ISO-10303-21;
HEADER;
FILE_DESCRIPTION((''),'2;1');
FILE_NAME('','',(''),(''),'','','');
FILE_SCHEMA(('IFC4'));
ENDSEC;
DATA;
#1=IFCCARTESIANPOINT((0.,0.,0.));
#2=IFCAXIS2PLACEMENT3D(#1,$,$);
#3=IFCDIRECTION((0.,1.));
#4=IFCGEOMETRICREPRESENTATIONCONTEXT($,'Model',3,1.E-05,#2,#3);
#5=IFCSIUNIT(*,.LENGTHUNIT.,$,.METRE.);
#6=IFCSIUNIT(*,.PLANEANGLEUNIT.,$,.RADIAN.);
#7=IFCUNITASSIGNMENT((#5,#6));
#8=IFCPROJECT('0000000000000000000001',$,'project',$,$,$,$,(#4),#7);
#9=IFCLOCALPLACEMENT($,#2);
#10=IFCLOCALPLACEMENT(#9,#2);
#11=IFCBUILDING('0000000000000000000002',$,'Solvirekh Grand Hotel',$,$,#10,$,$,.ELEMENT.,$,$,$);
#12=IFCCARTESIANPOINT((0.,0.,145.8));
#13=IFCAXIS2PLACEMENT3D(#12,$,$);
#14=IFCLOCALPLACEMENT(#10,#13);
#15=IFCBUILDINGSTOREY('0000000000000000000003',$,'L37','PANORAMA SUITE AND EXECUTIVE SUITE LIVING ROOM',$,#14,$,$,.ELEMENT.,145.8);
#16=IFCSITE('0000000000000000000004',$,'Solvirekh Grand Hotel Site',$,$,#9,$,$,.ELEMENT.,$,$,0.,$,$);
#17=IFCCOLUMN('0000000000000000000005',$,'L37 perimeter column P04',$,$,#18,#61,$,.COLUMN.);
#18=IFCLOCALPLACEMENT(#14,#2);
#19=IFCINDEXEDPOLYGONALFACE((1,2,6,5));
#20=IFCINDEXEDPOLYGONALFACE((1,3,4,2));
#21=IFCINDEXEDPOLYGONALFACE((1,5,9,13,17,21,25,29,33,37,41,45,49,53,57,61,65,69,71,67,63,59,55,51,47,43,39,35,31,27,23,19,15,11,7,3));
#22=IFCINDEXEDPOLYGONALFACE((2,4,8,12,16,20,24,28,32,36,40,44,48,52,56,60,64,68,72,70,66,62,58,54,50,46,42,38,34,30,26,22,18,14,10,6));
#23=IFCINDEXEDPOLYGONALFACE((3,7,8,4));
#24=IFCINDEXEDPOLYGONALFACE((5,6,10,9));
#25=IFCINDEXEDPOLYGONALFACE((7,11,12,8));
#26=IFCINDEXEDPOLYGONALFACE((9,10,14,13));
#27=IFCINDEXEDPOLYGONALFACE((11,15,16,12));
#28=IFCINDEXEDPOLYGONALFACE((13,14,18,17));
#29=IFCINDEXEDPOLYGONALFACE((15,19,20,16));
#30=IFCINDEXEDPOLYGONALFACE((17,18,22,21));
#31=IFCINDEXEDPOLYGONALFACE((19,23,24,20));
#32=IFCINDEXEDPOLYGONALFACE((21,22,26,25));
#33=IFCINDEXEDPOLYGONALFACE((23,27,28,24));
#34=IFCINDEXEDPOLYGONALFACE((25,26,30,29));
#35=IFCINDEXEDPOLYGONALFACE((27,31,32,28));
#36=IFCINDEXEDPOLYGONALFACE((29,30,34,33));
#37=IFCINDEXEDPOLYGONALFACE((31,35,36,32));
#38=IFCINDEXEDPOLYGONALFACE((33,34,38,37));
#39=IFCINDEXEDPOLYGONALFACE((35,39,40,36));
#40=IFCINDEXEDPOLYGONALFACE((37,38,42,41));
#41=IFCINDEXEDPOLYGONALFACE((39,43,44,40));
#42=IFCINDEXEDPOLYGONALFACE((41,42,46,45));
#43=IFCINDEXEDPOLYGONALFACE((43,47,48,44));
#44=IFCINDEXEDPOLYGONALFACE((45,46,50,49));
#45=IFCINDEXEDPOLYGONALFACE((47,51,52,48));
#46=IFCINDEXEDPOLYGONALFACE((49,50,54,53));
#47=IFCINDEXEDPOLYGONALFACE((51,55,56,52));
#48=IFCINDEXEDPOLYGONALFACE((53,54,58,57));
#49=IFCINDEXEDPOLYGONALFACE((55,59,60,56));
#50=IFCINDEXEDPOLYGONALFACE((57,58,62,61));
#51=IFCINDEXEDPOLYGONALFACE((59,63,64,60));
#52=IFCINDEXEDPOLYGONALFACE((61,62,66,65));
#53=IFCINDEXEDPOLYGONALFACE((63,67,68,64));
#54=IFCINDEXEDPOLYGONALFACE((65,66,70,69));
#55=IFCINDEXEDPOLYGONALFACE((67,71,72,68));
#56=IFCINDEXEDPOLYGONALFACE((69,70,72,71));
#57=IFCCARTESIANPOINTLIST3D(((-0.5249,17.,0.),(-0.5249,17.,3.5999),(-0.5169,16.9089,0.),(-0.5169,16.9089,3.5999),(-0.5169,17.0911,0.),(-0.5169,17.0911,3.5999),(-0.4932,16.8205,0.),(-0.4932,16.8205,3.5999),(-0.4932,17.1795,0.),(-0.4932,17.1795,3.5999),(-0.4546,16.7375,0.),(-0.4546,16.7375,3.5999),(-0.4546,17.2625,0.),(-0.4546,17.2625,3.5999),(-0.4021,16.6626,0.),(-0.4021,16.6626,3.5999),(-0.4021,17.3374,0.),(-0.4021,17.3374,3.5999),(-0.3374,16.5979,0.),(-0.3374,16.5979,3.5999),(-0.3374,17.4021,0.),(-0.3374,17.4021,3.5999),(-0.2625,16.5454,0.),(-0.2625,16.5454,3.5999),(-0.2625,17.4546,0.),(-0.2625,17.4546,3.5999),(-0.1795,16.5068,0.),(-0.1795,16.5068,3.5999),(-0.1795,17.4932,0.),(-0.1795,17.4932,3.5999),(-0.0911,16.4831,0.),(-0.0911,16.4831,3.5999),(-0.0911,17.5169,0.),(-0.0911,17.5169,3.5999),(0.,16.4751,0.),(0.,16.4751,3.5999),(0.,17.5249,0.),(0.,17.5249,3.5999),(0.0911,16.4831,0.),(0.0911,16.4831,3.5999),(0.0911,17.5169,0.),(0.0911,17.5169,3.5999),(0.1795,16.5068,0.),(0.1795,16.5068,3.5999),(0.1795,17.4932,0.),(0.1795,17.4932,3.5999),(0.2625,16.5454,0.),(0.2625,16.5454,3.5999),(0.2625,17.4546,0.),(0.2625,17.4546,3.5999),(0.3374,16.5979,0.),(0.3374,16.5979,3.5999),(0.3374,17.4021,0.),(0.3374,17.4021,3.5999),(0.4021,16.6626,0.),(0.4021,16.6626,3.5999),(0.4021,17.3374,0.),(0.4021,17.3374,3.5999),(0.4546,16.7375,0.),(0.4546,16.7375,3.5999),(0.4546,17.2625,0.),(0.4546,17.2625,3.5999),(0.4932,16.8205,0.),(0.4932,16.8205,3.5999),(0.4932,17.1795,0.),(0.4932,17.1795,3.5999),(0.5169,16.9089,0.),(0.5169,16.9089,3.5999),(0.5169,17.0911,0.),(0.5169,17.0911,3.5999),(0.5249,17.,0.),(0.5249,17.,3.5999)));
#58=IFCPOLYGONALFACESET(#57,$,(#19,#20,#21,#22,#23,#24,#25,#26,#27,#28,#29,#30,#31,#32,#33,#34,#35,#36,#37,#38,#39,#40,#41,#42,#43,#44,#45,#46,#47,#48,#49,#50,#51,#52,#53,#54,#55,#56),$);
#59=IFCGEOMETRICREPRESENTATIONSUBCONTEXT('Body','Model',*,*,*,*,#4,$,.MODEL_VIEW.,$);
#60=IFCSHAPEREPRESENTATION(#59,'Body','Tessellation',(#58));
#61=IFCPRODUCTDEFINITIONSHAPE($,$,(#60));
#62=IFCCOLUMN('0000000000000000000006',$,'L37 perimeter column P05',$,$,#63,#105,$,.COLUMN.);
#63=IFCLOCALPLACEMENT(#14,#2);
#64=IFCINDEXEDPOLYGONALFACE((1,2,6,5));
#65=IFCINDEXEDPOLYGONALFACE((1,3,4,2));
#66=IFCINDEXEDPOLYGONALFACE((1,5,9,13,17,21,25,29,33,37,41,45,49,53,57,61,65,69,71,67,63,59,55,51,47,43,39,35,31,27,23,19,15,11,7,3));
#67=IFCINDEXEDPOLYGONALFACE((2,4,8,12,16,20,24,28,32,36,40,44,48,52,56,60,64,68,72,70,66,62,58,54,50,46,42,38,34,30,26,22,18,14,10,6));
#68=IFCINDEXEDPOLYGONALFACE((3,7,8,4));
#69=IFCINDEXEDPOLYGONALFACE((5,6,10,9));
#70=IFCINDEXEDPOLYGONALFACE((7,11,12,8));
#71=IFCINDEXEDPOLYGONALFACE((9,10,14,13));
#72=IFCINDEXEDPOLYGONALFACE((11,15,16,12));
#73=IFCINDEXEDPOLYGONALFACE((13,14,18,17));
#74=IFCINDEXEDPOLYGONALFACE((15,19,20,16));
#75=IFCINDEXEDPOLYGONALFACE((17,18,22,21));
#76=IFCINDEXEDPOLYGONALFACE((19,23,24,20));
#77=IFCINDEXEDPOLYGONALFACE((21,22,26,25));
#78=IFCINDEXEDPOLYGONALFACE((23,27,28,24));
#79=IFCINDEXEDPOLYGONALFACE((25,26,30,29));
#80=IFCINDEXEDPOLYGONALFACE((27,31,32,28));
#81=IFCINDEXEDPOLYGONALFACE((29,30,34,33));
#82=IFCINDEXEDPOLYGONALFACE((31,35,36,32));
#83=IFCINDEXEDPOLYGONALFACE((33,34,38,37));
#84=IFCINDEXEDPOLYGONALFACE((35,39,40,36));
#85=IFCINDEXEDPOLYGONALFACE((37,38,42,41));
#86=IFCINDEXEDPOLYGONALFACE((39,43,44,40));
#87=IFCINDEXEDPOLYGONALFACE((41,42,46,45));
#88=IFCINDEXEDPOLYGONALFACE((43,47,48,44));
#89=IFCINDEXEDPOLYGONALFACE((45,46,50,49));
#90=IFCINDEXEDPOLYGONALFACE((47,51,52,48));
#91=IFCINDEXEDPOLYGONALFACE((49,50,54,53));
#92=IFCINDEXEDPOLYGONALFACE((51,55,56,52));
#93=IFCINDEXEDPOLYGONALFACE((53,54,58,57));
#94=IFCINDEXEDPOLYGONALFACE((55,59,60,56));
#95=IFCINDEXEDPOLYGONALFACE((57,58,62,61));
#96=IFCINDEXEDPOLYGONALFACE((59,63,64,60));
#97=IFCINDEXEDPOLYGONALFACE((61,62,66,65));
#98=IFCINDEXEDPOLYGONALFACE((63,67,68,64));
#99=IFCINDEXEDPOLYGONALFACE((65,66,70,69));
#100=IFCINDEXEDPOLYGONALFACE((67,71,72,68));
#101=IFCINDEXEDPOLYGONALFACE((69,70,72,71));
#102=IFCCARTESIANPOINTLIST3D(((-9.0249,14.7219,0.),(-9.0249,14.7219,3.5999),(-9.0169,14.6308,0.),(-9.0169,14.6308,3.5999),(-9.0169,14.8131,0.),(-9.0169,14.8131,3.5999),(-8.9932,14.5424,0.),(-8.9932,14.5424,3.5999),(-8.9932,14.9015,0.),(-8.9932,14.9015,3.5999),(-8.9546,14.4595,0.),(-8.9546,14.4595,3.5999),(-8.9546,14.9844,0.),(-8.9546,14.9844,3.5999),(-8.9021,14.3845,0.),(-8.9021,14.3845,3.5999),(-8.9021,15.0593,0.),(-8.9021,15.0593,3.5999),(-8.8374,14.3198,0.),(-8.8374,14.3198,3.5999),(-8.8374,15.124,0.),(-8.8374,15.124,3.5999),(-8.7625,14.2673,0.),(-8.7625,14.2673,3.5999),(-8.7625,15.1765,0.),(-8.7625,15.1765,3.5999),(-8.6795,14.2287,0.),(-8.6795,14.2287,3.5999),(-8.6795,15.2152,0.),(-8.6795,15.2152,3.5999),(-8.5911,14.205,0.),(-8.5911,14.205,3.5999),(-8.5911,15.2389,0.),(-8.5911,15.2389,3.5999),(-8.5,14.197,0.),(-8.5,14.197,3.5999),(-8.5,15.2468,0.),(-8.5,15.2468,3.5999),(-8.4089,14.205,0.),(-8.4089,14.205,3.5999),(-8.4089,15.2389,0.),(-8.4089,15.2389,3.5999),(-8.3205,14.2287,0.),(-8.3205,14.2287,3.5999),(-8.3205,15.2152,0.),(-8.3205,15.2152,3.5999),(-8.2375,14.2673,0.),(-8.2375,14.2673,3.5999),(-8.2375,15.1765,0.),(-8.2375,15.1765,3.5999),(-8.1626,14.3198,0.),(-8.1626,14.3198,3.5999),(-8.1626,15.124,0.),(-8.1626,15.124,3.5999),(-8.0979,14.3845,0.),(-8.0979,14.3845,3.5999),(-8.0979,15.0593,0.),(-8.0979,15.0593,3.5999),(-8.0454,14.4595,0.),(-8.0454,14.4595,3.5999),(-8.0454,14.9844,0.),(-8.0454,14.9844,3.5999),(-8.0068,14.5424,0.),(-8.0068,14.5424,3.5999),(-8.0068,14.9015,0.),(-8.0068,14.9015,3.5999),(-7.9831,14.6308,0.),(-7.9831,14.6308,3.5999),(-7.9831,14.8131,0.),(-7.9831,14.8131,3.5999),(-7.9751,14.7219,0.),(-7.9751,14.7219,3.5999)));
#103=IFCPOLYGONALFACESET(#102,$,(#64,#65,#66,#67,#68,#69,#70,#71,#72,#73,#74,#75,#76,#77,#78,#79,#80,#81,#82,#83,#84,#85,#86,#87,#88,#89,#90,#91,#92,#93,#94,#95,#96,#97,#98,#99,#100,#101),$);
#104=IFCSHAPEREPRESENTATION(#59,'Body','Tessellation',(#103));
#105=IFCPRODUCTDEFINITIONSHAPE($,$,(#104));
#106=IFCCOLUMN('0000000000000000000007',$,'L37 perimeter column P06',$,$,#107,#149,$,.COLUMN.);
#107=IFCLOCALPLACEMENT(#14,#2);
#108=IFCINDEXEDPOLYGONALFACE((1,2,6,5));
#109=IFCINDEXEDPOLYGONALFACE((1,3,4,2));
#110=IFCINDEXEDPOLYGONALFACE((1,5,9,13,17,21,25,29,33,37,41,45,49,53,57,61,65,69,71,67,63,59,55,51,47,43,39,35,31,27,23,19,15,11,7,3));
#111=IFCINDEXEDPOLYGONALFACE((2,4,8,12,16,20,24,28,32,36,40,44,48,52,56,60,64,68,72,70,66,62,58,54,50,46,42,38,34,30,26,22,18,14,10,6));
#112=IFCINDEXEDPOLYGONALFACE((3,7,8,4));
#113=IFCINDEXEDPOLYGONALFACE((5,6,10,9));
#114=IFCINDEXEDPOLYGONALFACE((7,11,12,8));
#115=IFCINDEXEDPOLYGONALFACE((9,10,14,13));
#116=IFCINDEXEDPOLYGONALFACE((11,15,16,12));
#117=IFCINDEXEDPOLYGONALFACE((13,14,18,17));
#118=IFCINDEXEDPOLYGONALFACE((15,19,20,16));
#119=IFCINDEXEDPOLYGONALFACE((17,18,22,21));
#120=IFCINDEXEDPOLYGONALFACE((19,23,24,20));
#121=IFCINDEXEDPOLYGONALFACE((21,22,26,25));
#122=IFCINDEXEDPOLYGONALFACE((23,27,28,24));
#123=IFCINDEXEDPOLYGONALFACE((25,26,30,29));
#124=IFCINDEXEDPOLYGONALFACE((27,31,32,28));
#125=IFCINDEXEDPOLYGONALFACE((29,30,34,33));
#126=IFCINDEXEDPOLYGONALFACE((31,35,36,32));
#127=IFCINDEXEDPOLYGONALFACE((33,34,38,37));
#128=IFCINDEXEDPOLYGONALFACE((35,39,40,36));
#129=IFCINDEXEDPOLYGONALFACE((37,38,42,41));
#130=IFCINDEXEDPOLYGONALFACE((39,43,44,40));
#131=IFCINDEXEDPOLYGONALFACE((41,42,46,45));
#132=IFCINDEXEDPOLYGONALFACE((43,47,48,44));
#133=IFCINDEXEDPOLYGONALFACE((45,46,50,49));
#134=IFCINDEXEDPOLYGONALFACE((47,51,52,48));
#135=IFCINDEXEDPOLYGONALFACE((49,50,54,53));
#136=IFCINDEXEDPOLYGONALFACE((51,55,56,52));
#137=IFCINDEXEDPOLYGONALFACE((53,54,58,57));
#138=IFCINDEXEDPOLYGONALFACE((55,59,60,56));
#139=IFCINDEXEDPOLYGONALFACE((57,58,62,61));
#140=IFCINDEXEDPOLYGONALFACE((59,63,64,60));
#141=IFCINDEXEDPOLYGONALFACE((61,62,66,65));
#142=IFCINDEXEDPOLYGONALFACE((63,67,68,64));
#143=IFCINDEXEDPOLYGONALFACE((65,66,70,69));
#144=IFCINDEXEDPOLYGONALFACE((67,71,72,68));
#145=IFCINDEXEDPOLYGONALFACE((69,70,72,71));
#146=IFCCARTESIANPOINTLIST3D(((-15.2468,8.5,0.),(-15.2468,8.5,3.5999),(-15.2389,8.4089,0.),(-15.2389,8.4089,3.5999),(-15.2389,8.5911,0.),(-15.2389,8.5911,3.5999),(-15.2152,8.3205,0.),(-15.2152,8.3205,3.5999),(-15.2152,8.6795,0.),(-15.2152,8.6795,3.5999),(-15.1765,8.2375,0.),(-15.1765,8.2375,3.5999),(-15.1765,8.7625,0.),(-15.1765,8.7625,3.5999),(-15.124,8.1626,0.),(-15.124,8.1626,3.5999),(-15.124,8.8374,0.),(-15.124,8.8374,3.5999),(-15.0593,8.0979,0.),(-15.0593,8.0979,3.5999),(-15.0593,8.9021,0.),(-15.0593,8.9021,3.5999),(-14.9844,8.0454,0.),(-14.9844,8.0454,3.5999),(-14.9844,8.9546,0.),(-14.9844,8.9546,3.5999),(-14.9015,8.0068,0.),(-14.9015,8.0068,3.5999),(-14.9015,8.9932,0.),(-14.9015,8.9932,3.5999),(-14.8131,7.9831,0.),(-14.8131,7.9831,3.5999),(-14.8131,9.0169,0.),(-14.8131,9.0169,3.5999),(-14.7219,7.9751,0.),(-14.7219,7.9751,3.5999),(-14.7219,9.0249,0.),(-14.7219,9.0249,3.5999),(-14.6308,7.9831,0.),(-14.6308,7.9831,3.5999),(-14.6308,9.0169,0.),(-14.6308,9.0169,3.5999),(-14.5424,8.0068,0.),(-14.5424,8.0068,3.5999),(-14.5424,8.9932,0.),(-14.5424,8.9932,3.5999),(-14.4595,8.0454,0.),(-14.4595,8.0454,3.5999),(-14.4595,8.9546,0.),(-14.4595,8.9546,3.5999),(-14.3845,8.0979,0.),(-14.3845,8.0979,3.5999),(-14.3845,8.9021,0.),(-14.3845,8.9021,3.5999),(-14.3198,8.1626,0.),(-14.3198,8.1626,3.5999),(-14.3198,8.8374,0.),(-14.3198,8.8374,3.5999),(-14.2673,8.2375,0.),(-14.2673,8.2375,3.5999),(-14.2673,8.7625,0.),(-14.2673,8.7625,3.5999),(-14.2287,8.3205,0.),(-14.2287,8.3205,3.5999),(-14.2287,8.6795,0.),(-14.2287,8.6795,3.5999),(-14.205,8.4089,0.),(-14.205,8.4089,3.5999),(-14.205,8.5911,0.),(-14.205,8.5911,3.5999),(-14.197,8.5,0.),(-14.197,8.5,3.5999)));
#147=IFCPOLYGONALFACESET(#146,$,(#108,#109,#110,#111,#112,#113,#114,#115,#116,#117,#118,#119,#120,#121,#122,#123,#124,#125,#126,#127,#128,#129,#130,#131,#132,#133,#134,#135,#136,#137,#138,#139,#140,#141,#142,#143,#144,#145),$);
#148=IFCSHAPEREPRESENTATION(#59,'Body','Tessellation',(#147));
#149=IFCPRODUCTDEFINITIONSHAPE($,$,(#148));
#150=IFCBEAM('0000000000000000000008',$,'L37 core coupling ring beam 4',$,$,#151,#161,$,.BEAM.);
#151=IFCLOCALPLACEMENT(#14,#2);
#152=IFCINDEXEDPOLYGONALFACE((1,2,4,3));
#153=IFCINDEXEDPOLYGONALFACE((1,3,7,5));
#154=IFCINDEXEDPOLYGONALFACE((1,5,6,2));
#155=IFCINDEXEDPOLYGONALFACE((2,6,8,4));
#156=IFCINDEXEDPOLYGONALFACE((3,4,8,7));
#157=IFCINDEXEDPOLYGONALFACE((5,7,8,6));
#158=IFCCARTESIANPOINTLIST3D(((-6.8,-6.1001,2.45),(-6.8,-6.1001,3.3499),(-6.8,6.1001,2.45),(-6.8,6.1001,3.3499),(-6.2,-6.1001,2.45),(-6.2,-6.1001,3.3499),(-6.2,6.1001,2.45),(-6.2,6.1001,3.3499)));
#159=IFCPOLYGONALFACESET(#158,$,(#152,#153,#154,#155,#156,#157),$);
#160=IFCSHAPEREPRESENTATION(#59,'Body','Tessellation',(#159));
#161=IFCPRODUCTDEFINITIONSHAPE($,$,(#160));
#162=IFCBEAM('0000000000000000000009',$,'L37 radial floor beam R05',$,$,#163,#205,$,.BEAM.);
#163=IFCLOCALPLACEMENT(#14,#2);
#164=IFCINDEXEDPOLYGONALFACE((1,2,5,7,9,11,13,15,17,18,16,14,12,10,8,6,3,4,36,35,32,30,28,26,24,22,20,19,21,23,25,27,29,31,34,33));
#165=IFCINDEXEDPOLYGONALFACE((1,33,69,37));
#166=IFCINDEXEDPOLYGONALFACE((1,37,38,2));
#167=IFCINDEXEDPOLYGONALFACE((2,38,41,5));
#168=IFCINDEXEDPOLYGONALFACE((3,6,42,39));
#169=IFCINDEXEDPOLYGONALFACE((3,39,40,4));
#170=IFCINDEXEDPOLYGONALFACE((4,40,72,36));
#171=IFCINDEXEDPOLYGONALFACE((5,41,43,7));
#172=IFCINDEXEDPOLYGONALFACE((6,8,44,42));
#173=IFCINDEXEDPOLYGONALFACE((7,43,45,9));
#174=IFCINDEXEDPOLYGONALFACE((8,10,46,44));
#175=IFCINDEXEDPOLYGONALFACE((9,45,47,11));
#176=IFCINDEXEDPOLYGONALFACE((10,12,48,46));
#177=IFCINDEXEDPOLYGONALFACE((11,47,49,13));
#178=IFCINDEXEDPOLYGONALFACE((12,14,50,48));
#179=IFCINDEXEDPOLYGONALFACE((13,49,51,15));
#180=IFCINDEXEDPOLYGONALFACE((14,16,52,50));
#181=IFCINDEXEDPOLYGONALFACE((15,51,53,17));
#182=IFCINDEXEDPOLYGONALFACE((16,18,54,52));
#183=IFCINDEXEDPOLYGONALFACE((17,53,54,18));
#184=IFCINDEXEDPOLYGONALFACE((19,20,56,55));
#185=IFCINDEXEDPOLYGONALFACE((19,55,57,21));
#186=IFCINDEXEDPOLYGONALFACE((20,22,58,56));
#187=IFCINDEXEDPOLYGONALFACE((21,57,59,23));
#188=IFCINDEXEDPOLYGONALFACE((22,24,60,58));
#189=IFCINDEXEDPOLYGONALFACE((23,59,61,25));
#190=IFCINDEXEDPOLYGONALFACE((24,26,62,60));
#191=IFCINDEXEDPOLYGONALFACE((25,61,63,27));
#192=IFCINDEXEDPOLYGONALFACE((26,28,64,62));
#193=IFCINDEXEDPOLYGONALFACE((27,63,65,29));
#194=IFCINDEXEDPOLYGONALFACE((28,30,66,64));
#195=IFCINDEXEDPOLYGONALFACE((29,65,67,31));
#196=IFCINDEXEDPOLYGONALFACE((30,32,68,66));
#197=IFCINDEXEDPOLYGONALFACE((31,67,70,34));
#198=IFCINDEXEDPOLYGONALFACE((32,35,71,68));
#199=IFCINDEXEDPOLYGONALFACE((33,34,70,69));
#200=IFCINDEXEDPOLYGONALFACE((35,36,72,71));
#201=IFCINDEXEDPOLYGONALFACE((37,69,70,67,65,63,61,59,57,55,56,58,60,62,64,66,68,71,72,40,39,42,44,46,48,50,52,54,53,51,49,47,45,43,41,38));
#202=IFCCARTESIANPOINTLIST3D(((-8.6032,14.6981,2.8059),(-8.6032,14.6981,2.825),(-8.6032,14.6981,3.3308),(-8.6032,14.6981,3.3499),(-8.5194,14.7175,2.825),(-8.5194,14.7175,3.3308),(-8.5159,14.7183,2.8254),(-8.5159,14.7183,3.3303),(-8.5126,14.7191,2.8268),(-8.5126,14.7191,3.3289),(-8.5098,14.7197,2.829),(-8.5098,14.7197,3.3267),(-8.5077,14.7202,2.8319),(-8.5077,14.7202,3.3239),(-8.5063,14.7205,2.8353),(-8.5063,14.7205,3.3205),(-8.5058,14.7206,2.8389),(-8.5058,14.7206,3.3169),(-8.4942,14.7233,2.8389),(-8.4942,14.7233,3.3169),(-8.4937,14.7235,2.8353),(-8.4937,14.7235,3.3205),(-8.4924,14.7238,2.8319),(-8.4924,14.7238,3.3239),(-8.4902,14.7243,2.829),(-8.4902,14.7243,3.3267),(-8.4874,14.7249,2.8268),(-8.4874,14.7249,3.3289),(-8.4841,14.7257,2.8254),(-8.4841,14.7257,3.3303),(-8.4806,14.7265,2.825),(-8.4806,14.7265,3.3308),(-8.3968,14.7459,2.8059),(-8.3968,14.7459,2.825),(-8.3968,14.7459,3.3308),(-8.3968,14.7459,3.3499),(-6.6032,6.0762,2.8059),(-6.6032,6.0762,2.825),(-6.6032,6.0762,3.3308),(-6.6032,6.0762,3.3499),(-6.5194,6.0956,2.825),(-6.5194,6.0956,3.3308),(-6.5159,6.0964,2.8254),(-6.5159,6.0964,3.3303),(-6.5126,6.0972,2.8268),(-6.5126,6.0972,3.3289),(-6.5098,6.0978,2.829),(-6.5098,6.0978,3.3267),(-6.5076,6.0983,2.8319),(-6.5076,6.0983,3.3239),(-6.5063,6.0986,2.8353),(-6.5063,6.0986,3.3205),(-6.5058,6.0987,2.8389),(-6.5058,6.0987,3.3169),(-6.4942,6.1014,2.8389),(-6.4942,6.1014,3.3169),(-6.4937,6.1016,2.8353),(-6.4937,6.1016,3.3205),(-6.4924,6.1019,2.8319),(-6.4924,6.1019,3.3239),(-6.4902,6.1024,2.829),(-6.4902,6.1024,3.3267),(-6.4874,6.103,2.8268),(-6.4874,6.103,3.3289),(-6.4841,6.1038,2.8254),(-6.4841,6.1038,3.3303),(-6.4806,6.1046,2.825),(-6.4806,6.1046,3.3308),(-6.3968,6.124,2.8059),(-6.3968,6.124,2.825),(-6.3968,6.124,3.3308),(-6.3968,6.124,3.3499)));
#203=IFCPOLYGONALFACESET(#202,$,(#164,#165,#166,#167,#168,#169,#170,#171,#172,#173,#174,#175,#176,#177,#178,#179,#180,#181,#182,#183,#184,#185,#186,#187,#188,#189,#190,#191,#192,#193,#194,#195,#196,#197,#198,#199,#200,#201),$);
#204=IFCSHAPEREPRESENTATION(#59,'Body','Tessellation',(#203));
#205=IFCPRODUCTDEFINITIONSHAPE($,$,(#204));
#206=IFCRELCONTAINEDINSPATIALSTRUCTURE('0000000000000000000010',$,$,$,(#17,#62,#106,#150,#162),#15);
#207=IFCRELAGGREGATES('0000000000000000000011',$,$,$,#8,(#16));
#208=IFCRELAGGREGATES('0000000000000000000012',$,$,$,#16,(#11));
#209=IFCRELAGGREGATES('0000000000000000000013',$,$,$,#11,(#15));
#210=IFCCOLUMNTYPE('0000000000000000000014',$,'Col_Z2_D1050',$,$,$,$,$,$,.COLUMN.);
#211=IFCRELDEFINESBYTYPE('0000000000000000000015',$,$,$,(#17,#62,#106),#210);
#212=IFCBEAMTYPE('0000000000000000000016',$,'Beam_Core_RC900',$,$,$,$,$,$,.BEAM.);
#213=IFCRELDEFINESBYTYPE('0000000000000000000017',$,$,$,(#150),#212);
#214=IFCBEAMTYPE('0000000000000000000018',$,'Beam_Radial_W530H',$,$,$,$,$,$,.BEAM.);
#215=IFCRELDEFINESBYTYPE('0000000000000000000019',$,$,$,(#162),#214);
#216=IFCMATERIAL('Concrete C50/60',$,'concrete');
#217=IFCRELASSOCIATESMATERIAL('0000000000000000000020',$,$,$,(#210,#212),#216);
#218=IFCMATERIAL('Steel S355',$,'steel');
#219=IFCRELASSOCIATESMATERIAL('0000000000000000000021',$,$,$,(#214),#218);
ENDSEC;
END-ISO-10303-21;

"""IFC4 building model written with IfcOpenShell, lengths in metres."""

from ifc_helpers import new_model, si_unit, direction, frame, origin, origin_2d, place, context, subcontext, project, spatial, rectangle, circle, i_section, extrude, material, material_profile, profile_set, type_object, element, save


model = new_model("IFC4")

# Units and contexts
model_context = context("Model", 3, precision=1e-05, world=origin(), true_north=direction((0.0, 1.0)))
body_context = subcontext(model_context, "Body", "Model", "MODEL_VIEW")
ifc_project = project(units=[si_unit("LENGTHUNIT", "METRE"), si_unit("PLANEANGLEUNIT", "RADIAN")], contexts=[model_context])

# Site, building, storey
site_placement = place(None, origin())
site = spatial("IfcSite", under=ifc_project, at=site_placement, Name="Solvirekh Grand Hotel Site", CompositionType="ELEMENT", RefElevation=0.0)
building_placement = place(site_placement, origin())
building = spatial("IfcBuilding", under=site, at=building_placement, Name="Solvirekh Grand Hotel", CompositionType="ELEMENT")
storey_placement = place(building_placement, frame((0.0, 0.0, 145.8)))
storey = spatial("IfcBuildingStorey", under=building, at=storey_placement, Name="L37", Description="PANORAMA SUITE AND EXECUTIVE SUITE LIVING ROOM", CompositionType="ELEMENT", Elevation=145.8)

# Columns
ifc_material_1 = material(Name="Concrete C50/60", Category="concrete")
ifc_material_profile_1 = material_profile(ifc_material_1, circle(Radius=0.5249, at=origin_2d()), Name="RC CIRC D1050")
ifc_profile_set_1 = profile_set([ifc_material_profile_1], Name="Concrete C50/60")
column_type = type_object("IfcColumnType", Name="Col_Z2_D1050", PredefinedType="COLUMN", material=ifc_profile_set_1)
for number, where, z_axis, x_axis, name in (
    (1, (0.0, 17.0, 0.0), (0.0, 0.0, 1.0), (1.0, 0.0, 0.0), "L37 perimeter column P04"),
    (2, (-8.5, 14.7219, 0.0), (0.0, 0.0, 1.0), (1.0, 0.0, 0.0), "L37 perimeter column P05"),
    (3, (-14.7219, 8.5, 0.0), (0.0, 0.0, 1.0), (1.0, 0.0, 0.0), "L37 perimeter column P06"),
):
    element("IfcColumn", number, at=place(storey_placement, frame(where, z_axis=z_axis, x_axis=x_axis)), inside=storey, type_object=column_type, Name=name, PredefinedType="COLUMN", context=body_context, shape_type="SweptSolid", body=[
        extrude(circle(Radius=0.5249, at=origin_2d()), origin(), (0.0, 0.0, 1.0), 3.5999),
    ])

# Beams
ifc_material_profile_2 = material_profile(ifc_material_1, rectangle(XDim=0.6001, YDim=0.8999, at=origin_2d()), Name="RC BEAM 600X900")
ifc_profile_set_2 = profile_set([ifc_material_profile_2], Name="Concrete C50/60")
beam_type_1 = type_object("IfcBeamType", Name="Beam_Core_RC900", PredefinedType="BEAM", material=ifc_profile_set_2)
beam_1_placement = place(storey_placement, frame((-6.5, 6.1001, 2.8999), z_axis=(0.0, -1.0, 0.0), x_axis=(1.0, 0.0, 0.0)))
element("IfcBeam", 4, at=beam_1_placement, inside=storey, type_object=beam_type_1, Name="L37 core coupling ring beam 4", PredefinedType="BEAM", context=body_context, shape_type="SweptSolid", body=[
    extrude(rectangle(XDim=0.6001, YDim=0.8999, at=origin_2d()), origin(), (0.0, 0.0, 1.0), 12.2002),
])
ifc_material_2 = material(Name="Steel S355", Category="steel")
ifc_material_profile_3 = material_profile(ifc_material_2, i_section(OverallWidth=0.2119, OverallDepth=0.5439, WebThickness=0.012, FlangeThickness=0.019, FilletRadius=0.0139, at=origin_2d()), Name="W530X123")
ifc_profile_set_3 = profile_set([ifc_material_profile_3], Name="Steel S355")
beam_type_2 = type_object("IfcBeamType", Name="Beam_Radial_W530H", PredefinedType="BEAM", material=ifc_profile_set_3)
beam_2_placement = place(storey_placement, frame((-6.5, 6.1001, 3.0779), z_axis=(-0.225969, 0.974134, 0.0), x_axis=(-0.974134, -0.225969, 0.0)))
element("IfcBeam", 5, at=beam_2_placement, inside=storey, type_object=beam_type_2, Name="L37 radial floor beam R05", PredefinedType="BEAM", context=body_context, shape_type="SweptSolid", body=[
    extrude(i_section(OverallWidth=0.2119, OverallDepth=0.5439, WebThickness=0.012, FlangeThickness=0.019, FilletRadius=0.0139, at=origin_2d()), origin(), (0.0, 0.0, 1.0), 8.8508),
])

save(model, "model.ifc")
